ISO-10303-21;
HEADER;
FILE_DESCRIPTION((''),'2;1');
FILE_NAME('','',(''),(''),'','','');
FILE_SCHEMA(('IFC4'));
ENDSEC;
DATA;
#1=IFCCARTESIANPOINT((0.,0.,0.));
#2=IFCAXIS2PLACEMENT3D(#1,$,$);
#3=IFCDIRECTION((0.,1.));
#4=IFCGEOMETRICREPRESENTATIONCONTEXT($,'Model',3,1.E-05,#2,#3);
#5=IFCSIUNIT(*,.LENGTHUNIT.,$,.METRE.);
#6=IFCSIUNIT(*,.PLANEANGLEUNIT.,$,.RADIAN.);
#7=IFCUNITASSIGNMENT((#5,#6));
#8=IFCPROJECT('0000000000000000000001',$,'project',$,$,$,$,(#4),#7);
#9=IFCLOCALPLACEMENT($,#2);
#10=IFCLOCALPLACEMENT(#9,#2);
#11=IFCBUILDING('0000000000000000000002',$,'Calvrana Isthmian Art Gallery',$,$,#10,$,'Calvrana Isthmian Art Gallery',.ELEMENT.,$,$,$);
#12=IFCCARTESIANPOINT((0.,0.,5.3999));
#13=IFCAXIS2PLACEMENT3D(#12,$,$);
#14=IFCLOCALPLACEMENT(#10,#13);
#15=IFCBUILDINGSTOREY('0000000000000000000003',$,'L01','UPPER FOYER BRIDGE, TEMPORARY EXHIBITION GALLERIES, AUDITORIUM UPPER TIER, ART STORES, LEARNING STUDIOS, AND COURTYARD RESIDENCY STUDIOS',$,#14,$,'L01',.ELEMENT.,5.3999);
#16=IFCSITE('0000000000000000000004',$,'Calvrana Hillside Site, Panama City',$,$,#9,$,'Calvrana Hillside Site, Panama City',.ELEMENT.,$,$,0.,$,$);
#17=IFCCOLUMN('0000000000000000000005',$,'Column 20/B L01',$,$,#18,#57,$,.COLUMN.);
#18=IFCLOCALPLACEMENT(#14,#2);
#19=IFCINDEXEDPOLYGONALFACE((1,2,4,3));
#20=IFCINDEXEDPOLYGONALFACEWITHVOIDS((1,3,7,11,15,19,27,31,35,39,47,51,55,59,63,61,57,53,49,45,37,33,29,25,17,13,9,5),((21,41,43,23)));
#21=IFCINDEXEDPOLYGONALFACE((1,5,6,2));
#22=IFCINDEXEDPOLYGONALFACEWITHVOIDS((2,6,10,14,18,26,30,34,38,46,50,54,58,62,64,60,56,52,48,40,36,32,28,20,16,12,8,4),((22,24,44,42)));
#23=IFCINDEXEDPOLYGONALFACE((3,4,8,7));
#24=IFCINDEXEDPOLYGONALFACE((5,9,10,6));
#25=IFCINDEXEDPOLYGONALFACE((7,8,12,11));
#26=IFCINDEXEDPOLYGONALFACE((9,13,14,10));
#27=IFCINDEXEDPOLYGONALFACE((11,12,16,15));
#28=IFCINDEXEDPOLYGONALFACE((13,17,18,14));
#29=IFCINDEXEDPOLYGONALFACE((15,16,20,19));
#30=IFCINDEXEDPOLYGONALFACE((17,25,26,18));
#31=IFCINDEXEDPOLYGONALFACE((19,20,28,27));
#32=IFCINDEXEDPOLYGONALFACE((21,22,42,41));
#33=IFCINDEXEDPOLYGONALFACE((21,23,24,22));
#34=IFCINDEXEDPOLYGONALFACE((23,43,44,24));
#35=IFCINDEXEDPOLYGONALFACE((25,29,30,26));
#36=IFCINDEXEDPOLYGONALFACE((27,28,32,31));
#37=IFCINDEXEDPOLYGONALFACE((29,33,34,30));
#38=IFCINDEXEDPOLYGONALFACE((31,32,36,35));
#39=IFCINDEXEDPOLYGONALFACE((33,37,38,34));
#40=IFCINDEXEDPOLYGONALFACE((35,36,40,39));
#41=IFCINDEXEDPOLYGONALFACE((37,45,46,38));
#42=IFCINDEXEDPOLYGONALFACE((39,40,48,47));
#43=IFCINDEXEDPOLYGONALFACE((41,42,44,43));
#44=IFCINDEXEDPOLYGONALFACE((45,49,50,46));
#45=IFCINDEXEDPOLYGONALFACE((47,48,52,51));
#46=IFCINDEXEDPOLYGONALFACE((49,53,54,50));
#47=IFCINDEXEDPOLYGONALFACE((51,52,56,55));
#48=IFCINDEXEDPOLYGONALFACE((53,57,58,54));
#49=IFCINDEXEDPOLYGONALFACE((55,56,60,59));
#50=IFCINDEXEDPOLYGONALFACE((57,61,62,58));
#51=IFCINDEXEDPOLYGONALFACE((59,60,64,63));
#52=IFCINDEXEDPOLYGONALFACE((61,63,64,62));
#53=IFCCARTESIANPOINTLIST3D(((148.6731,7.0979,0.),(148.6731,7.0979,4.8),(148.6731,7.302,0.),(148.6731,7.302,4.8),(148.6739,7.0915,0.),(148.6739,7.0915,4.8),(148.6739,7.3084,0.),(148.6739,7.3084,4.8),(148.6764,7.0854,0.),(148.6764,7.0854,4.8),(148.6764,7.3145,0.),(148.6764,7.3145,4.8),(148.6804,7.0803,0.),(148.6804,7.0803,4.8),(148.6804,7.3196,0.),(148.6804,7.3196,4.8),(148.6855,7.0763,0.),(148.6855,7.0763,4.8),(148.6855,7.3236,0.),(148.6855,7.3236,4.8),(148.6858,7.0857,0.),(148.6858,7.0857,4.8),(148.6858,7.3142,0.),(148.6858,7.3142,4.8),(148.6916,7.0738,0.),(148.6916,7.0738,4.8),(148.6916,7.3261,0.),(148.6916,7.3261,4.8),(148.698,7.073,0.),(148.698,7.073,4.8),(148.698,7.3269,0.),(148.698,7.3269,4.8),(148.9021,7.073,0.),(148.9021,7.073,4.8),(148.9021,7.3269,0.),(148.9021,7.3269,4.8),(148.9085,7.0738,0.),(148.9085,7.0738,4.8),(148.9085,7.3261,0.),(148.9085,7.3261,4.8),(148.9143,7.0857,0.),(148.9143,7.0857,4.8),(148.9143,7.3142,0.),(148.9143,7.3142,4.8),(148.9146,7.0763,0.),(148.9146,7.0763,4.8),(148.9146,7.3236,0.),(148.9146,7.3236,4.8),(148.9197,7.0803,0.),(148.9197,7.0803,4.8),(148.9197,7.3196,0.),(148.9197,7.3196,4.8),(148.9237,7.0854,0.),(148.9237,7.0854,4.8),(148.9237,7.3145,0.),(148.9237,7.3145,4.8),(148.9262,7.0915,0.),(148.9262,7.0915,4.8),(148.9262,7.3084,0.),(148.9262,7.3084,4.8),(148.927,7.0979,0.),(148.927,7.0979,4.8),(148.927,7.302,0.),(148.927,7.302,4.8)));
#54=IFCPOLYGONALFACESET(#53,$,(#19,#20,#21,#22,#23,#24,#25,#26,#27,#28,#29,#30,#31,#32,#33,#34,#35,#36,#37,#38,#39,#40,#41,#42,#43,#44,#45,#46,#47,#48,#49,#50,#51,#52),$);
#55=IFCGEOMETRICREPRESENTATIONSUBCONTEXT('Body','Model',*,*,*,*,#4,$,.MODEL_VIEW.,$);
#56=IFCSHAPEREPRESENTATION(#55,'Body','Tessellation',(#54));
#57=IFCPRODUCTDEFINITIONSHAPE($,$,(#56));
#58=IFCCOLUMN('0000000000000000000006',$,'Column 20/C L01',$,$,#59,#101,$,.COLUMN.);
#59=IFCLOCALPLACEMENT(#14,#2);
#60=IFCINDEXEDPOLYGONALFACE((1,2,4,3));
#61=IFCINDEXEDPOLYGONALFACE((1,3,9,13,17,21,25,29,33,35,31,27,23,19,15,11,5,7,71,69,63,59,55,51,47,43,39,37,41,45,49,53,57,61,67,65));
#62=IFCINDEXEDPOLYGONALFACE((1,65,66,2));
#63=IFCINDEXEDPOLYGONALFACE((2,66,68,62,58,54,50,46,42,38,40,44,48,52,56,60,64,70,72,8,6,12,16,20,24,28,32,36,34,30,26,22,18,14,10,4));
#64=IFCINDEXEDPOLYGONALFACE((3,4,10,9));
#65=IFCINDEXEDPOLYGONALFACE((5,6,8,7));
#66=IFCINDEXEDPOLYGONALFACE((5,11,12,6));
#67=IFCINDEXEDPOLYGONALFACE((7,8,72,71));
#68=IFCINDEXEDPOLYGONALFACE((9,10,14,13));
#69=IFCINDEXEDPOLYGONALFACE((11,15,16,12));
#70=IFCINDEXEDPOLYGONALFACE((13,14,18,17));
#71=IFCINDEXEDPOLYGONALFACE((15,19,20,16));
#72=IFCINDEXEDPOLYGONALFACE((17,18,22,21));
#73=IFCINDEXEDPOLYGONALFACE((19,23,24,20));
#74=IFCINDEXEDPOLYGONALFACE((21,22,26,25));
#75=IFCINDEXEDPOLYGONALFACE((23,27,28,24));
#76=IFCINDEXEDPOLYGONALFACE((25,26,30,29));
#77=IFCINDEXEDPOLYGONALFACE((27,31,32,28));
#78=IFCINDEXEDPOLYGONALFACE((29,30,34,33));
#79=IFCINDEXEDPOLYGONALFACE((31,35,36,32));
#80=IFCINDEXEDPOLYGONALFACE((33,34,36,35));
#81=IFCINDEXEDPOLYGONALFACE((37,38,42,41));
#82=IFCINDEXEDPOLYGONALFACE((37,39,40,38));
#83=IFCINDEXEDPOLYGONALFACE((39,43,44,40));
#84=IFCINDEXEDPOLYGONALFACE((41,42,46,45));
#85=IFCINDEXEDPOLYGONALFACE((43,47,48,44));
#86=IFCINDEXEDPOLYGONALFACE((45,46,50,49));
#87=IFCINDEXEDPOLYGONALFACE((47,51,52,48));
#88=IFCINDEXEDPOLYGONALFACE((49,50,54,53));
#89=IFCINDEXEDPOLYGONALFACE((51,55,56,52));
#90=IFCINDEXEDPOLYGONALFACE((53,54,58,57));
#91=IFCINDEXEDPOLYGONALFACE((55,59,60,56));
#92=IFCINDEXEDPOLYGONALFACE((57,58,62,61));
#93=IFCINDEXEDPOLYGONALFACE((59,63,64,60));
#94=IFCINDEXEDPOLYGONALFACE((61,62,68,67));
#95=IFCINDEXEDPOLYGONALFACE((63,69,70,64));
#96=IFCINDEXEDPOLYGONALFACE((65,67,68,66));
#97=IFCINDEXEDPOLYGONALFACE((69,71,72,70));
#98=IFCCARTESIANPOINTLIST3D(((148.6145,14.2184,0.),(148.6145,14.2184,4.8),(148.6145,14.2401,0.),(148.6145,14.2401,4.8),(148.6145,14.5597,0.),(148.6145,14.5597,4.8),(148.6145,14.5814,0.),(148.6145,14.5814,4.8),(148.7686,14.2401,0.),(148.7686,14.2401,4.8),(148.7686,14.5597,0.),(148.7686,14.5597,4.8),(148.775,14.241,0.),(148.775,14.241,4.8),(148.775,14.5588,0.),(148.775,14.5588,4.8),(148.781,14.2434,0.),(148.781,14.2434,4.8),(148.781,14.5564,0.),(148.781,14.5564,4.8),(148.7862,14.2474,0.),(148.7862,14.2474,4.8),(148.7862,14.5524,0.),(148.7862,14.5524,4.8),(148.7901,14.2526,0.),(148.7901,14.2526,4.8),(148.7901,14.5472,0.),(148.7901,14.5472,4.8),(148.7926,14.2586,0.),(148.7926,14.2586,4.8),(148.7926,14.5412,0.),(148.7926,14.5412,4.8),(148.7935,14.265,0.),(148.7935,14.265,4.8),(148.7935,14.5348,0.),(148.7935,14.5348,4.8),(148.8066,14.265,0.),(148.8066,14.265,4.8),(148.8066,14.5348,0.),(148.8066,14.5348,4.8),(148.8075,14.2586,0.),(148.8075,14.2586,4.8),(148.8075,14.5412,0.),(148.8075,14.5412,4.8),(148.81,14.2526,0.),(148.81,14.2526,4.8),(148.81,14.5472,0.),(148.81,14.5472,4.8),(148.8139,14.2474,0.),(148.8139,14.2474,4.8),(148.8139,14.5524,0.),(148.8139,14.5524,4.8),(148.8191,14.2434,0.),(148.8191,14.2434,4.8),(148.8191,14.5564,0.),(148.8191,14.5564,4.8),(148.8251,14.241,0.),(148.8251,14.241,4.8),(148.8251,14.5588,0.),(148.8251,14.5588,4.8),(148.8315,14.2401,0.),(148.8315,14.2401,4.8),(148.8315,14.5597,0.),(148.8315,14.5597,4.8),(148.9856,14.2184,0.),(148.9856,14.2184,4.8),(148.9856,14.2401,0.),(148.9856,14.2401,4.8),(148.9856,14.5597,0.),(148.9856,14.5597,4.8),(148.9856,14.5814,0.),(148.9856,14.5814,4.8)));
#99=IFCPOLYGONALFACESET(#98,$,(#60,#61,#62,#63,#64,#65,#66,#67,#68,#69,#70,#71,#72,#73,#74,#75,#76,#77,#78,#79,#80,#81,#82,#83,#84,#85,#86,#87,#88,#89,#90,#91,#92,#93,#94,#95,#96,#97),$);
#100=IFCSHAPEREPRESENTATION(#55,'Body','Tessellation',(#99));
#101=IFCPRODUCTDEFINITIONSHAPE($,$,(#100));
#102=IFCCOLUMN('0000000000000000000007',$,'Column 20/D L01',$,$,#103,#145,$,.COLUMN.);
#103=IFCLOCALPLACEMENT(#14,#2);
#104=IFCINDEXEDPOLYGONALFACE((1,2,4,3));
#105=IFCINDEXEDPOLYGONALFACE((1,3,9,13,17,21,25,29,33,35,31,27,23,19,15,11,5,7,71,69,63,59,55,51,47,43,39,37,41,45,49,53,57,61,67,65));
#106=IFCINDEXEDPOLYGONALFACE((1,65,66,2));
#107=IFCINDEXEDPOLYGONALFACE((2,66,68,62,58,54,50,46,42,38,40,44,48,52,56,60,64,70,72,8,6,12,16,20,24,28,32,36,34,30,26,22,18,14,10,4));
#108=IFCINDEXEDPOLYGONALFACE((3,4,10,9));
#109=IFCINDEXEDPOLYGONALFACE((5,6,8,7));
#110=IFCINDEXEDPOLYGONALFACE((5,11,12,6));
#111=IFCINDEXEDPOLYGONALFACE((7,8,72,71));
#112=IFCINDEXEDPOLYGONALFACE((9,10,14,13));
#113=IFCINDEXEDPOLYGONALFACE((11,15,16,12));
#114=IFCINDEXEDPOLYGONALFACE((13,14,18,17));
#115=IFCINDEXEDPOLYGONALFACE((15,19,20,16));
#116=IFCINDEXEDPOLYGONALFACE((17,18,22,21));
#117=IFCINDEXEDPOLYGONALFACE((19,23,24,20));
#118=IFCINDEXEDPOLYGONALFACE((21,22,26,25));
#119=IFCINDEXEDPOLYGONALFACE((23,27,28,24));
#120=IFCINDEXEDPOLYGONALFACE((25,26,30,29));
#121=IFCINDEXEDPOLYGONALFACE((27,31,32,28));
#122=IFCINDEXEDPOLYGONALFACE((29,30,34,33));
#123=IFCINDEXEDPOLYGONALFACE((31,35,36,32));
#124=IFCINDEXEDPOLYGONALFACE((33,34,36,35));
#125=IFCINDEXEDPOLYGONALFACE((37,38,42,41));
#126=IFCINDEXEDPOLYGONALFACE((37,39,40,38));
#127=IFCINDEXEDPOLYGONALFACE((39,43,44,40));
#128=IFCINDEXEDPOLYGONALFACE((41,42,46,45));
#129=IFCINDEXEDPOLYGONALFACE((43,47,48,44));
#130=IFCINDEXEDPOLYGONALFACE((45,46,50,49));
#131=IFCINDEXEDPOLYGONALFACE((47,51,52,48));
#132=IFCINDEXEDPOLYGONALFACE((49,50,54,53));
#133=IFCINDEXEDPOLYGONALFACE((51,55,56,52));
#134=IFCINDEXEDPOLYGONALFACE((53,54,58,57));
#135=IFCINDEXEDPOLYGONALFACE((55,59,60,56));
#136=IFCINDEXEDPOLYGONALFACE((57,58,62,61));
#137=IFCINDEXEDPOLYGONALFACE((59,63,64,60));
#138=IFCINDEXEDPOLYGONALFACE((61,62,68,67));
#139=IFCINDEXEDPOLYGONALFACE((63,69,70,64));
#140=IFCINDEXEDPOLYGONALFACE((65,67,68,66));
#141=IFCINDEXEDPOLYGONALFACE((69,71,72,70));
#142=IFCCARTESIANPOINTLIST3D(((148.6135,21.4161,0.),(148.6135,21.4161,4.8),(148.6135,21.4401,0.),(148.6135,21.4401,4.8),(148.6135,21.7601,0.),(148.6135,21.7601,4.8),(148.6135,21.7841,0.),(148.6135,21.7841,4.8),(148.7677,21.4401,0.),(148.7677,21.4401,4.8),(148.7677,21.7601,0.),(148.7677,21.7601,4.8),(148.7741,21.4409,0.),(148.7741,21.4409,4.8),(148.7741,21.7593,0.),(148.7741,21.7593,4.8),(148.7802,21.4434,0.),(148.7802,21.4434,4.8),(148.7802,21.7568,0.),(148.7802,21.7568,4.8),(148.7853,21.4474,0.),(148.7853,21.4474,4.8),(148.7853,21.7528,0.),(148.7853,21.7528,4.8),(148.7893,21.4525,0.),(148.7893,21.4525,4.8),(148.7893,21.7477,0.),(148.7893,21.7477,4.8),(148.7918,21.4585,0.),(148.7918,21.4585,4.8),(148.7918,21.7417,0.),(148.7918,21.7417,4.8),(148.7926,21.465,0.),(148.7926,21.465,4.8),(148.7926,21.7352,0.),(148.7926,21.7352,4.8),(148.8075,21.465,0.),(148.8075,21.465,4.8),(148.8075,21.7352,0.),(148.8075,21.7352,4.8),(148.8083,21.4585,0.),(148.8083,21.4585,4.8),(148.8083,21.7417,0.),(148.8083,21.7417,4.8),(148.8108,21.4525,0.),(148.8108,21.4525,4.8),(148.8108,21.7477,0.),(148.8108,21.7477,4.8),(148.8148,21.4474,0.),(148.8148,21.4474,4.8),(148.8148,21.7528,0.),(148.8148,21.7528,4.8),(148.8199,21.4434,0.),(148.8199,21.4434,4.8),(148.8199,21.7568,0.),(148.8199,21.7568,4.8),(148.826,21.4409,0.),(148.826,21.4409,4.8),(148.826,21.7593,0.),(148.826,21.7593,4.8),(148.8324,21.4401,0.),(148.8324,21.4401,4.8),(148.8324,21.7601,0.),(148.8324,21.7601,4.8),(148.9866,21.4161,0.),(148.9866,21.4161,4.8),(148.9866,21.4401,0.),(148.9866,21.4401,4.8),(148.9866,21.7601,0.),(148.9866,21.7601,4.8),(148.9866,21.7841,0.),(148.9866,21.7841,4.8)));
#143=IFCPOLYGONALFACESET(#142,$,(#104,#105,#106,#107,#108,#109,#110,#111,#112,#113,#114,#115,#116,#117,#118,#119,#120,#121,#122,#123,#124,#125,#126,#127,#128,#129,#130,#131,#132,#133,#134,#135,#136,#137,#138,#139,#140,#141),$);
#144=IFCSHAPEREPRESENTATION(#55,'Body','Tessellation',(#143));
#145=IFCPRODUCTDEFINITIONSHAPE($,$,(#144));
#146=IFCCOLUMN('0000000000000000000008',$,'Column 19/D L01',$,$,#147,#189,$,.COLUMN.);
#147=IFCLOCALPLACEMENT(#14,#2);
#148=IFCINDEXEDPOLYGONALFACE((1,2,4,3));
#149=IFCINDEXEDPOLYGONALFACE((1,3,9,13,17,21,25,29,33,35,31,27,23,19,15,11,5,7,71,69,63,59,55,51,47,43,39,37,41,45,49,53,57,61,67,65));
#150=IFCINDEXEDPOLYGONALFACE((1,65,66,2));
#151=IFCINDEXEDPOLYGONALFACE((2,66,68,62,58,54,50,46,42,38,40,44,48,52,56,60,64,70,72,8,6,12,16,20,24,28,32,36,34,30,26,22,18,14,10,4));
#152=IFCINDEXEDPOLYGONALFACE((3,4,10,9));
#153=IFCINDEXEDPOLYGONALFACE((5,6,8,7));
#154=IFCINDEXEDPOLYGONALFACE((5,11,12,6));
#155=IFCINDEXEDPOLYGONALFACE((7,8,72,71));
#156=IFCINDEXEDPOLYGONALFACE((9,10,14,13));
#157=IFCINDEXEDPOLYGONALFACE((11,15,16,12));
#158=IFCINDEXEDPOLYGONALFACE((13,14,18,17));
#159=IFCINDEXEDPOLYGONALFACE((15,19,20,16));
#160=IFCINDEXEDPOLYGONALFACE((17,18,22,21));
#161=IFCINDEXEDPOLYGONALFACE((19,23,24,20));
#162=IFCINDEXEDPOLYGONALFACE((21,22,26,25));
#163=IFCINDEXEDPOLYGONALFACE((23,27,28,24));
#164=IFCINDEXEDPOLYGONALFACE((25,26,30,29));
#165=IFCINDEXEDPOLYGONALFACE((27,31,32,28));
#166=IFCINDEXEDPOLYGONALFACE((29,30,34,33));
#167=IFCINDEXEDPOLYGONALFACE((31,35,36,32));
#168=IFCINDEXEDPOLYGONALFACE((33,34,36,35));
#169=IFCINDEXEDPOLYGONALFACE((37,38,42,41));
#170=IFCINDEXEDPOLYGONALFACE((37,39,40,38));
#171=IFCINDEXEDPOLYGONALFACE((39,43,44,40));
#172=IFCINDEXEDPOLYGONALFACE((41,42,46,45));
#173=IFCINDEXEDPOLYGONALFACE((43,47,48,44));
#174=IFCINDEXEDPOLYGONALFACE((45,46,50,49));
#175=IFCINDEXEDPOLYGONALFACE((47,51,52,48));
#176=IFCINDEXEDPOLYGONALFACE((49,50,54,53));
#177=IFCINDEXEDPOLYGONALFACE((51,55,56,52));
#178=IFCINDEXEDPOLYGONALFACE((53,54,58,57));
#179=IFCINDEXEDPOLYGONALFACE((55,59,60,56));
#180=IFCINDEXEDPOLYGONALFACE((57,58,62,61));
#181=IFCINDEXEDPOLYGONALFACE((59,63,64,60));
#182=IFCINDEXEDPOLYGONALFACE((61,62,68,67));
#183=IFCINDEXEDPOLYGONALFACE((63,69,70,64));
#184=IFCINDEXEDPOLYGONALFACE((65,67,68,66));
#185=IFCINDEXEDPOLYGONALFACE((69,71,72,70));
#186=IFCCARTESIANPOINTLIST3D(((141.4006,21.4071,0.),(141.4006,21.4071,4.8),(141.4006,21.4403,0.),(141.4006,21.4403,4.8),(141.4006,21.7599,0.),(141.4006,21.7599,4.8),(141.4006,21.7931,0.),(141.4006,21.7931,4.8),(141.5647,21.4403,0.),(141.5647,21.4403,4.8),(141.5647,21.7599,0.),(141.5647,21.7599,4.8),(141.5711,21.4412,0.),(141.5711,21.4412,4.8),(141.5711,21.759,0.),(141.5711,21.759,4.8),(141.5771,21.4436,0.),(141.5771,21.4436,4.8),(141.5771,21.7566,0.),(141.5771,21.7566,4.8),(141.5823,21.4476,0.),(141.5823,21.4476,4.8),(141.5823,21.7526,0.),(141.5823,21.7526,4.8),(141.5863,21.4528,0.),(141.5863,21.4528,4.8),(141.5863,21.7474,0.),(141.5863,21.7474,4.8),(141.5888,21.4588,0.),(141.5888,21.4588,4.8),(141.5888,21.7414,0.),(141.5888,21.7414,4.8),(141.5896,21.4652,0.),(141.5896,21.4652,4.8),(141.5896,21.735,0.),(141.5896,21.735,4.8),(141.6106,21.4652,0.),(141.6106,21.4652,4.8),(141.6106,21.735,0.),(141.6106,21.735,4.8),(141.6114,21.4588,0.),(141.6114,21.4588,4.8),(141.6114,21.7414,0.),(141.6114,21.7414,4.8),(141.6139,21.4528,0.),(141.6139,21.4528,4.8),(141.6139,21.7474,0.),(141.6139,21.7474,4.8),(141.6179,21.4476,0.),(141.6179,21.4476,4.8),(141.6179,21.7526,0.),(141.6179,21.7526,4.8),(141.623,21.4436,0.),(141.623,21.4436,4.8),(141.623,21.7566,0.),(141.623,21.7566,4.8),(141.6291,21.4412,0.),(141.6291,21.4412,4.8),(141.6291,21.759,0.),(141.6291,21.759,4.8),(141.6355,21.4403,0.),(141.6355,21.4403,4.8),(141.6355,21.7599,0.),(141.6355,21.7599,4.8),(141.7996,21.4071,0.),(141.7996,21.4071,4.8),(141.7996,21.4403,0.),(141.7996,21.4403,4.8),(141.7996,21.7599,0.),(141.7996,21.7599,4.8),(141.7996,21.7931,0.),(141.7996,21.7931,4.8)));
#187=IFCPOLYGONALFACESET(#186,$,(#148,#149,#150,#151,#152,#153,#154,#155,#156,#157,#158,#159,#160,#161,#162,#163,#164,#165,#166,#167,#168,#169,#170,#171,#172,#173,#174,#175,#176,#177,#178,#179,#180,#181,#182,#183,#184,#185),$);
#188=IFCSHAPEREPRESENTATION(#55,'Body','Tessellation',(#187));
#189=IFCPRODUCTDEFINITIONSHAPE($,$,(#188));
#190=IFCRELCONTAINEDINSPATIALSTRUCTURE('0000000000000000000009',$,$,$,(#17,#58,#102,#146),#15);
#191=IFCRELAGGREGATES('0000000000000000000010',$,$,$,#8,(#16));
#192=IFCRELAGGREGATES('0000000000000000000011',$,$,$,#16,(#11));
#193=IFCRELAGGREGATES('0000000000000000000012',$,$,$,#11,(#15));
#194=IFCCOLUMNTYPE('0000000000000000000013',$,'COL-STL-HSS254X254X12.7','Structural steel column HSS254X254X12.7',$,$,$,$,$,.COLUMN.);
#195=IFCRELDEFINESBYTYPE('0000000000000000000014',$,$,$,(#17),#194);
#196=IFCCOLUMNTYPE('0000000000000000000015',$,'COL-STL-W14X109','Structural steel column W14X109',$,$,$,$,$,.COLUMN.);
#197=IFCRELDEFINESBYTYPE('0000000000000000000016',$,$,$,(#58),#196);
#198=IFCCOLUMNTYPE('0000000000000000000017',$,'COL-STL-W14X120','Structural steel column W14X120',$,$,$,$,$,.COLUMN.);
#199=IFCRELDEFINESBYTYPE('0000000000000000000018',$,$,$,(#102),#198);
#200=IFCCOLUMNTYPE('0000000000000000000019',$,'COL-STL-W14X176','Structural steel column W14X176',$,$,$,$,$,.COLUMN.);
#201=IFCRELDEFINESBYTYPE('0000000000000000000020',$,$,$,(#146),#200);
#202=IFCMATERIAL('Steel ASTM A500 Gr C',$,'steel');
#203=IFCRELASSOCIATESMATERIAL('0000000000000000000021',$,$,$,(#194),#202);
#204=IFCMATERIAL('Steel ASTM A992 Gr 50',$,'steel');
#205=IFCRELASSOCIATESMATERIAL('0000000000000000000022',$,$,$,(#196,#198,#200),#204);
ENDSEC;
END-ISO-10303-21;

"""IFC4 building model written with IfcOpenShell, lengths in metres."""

from ifc_helpers import new_model, si_unit, direction, frame, origin, origin_2d, place, context, subcontext, project, spatial, hollow_rectangle, i_section, extrude, material, material_profile, profile_set, type_object, element, save


model = new_model("IFC4")

# Units and contexts
model_context = context("Model", 3, precision=1e-05, world=origin(), true_north=direction((0.0, 1.0)))
body_context = subcontext(model_context, "Body", "Model", "MODEL_VIEW")
ifc_project = project(units=[si_unit("LENGTHUNIT", "METRE"), si_unit("PLANEANGLEUNIT", "RADIAN")], contexts=[model_context])

# Site, building, storey
site_placement = place(None, origin())
site = spatial("IfcSite", under=ifc_project, at=site_placement, Name="Calvrana Hillside Site, Panama City", LongName="Calvrana Hillside Site, Panama City", CompositionType="ELEMENT", RefElevation=0.0)
building_placement = place(site_placement, origin())
building = spatial("IfcBuilding", under=site, at=building_placement, Name="Calvrana Isthmian Art Gallery", LongName="Calvrana Isthmian Art Gallery", CompositionType="ELEMENT")
storey_placement = place(building_placement, frame((0.0, 0.0, 5.3999)))
storey = spatial("IfcBuildingStorey", under=building, at=storey_placement, Name="L01", Description="UPPER FOYER BRIDGE, TEMPORARY EXHIBITION GALLERIES, AUDITORIUM UPPER TIER, ART STORES, LEARNING STUDIOS, AND COURTYARD RESIDENCY STUDIOS", LongName="L01", CompositionType="ELEMENT", Elevation=5.3999)

# Columns
ifc_material_1 = material(Name="Steel ASTM A500 Gr C", Category="steel")
ifc_material_profile_1 = material_profile(ifc_material_1, hollow_rectangle(XDim=0.2539, YDim=0.2539, WallThickness=0.0127, OuterFilletRadius=0.0249, at=origin_2d()), Name="HSS254X254X12.7")
ifc_profile_set_1 = profile_set([ifc_material_profile_1], Name="Steel ASTM A500 Gr C")
column_type_1 = type_object("IfcColumnType", Name="COL-STL-HSS254X254X12.7", Description="Structural steel column HSS254X254X12.7", PredefinedType="COLUMN", material=ifc_profile_set_1)
column_1_placement = place(storey_placement, frame((148.8, 7.2, 0.0), z_axis=(0.0, 0.0, 1.0), x_axis=(1.0, 0.0, 0.0)))
element("IfcColumn", 1, at=column_1_placement, inside=storey, type_object=column_type_1, Name="Column 20/B L01", PredefinedType="COLUMN", context=body_context, shape_type="SweptSolid", body=[
    extrude(hollow_rectangle(XDim=0.2539, YDim=0.2539, WallThickness=0.0127, OuterFilletRadius=0.0249, at=origin_2d()), origin(), (0.0, 0.0, 1.0), 4.8),
])
ifc_material_2 = material(Name="Steel ASTM A992 Gr 50", Category="steel")
ifc_material_profile_2 = material_profile(ifc_material_2, i_section(OverallWidth=0.3711, OverallDepth=0.363, WebThickness=0.0132, FlangeThickness=0.0217, FilletRadius=0.0249, at=origin_2d()), Name="W14X109")
ifc_profile_set_2 = profile_set([ifc_material_profile_2], Name="Steel ASTM A992 Gr 50")
column_type_2 = type_object("IfcColumnType", Name="COL-STL-W14X109", Description="Structural steel column W14X109", PredefinedType="COLUMN", material=ifc_profile_set_2)
column_2_placement = place(storey_placement, frame((148.8, 14.3999, 0.0), z_axis=(0.0, 0.0, 1.0), x_axis=(1.0, 0.0, 0.0)))
element("IfcColumn", 2, at=column_2_placement, inside=storey, type_object=column_type_2, Name="Column 20/C L01", PredefinedType="COLUMN", context=body_context, shape_type="SweptSolid", body=[
    extrude(i_section(OverallWidth=0.3711, OverallDepth=0.363, WebThickness=0.0132, FlangeThickness=0.0217, FilletRadius=0.0249, at=origin_2d()), origin(), (0.0, 0.0, 1.0), 4.8),
])
ifc_material_profile_3 = material_profile(ifc_material_2, i_section(OverallWidth=0.373, OverallDepth=0.3679, WebThickness=0.0149, FlangeThickness=0.0239, FilletRadius=0.0249, at=origin_2d()), Name="W14X120")
ifc_profile_set_3 = profile_set([ifc_material_profile_3], Name="Steel ASTM A992 Gr 50")
column_type_3 = type_object("IfcColumnType", Name="COL-STL-W14X120", Description="Structural steel column W14X120", PredefinedType="COLUMN", material=ifc_profile_set_3)
column_3_placement = place(storey_placement, frame((148.8, 21.6001, 0.0), z_axis=(0.0, 0.0, 1.0), x_axis=(1.0, 0.0, 0.0)))
element("IfcColumn", 3, at=column_3_placement, inside=storey, type_object=column_type_3, Name="Column 20/D L01", PredefinedType="COLUMN", context=body_context, shape_type="SweptSolid", body=[
    extrude(i_section(OverallWidth=0.373, OverallDepth=0.3679, WebThickness=0.0149, FlangeThickness=0.0239, FilletRadius=0.0249, at=origin_2d()), origin(), (0.0, 0.0, 1.0), 4.8),
])
ifc_material_profile_4 = material_profile(ifc_material_2, i_section(OverallWidth=0.3989, OverallDepth=0.386, WebThickness=0.021, FlangeThickness=0.0332, FilletRadius=0.0249, at=origin_2d()), Name="W14X176")
ifc_profile_set_4 = profile_set([ifc_material_profile_4], Name="Steel ASTM A992 Gr 50")
column_type_4 = type_object("IfcColumnType", Name="COL-STL-W14X176", Description="Structural steel column W14X176", PredefinedType="COLUMN", material=ifc_profile_set_4)
column_4_placement = place(storey_placement, frame((141.6001, 21.6001, 0.0), z_axis=(0.0, 0.0, 1.0), x_axis=(1.0, 0.0, 0.0)))
element("IfcColumn", 4, at=column_4_placement, inside=storey, type_object=column_type_4, Name="Column 19/D L01", PredefinedType="COLUMN", context=body_context, shape_type="SweptSolid", body=[
    extrude(i_section(OverallWidth=0.3989, OverallDepth=0.386, WebThickness=0.021, FlangeThickness=0.0332, FilletRadius=0.0249, at=origin_2d()), origin(), (0.0, 0.0, 1.0), 4.8),
])

save(model, "model.ifc")
